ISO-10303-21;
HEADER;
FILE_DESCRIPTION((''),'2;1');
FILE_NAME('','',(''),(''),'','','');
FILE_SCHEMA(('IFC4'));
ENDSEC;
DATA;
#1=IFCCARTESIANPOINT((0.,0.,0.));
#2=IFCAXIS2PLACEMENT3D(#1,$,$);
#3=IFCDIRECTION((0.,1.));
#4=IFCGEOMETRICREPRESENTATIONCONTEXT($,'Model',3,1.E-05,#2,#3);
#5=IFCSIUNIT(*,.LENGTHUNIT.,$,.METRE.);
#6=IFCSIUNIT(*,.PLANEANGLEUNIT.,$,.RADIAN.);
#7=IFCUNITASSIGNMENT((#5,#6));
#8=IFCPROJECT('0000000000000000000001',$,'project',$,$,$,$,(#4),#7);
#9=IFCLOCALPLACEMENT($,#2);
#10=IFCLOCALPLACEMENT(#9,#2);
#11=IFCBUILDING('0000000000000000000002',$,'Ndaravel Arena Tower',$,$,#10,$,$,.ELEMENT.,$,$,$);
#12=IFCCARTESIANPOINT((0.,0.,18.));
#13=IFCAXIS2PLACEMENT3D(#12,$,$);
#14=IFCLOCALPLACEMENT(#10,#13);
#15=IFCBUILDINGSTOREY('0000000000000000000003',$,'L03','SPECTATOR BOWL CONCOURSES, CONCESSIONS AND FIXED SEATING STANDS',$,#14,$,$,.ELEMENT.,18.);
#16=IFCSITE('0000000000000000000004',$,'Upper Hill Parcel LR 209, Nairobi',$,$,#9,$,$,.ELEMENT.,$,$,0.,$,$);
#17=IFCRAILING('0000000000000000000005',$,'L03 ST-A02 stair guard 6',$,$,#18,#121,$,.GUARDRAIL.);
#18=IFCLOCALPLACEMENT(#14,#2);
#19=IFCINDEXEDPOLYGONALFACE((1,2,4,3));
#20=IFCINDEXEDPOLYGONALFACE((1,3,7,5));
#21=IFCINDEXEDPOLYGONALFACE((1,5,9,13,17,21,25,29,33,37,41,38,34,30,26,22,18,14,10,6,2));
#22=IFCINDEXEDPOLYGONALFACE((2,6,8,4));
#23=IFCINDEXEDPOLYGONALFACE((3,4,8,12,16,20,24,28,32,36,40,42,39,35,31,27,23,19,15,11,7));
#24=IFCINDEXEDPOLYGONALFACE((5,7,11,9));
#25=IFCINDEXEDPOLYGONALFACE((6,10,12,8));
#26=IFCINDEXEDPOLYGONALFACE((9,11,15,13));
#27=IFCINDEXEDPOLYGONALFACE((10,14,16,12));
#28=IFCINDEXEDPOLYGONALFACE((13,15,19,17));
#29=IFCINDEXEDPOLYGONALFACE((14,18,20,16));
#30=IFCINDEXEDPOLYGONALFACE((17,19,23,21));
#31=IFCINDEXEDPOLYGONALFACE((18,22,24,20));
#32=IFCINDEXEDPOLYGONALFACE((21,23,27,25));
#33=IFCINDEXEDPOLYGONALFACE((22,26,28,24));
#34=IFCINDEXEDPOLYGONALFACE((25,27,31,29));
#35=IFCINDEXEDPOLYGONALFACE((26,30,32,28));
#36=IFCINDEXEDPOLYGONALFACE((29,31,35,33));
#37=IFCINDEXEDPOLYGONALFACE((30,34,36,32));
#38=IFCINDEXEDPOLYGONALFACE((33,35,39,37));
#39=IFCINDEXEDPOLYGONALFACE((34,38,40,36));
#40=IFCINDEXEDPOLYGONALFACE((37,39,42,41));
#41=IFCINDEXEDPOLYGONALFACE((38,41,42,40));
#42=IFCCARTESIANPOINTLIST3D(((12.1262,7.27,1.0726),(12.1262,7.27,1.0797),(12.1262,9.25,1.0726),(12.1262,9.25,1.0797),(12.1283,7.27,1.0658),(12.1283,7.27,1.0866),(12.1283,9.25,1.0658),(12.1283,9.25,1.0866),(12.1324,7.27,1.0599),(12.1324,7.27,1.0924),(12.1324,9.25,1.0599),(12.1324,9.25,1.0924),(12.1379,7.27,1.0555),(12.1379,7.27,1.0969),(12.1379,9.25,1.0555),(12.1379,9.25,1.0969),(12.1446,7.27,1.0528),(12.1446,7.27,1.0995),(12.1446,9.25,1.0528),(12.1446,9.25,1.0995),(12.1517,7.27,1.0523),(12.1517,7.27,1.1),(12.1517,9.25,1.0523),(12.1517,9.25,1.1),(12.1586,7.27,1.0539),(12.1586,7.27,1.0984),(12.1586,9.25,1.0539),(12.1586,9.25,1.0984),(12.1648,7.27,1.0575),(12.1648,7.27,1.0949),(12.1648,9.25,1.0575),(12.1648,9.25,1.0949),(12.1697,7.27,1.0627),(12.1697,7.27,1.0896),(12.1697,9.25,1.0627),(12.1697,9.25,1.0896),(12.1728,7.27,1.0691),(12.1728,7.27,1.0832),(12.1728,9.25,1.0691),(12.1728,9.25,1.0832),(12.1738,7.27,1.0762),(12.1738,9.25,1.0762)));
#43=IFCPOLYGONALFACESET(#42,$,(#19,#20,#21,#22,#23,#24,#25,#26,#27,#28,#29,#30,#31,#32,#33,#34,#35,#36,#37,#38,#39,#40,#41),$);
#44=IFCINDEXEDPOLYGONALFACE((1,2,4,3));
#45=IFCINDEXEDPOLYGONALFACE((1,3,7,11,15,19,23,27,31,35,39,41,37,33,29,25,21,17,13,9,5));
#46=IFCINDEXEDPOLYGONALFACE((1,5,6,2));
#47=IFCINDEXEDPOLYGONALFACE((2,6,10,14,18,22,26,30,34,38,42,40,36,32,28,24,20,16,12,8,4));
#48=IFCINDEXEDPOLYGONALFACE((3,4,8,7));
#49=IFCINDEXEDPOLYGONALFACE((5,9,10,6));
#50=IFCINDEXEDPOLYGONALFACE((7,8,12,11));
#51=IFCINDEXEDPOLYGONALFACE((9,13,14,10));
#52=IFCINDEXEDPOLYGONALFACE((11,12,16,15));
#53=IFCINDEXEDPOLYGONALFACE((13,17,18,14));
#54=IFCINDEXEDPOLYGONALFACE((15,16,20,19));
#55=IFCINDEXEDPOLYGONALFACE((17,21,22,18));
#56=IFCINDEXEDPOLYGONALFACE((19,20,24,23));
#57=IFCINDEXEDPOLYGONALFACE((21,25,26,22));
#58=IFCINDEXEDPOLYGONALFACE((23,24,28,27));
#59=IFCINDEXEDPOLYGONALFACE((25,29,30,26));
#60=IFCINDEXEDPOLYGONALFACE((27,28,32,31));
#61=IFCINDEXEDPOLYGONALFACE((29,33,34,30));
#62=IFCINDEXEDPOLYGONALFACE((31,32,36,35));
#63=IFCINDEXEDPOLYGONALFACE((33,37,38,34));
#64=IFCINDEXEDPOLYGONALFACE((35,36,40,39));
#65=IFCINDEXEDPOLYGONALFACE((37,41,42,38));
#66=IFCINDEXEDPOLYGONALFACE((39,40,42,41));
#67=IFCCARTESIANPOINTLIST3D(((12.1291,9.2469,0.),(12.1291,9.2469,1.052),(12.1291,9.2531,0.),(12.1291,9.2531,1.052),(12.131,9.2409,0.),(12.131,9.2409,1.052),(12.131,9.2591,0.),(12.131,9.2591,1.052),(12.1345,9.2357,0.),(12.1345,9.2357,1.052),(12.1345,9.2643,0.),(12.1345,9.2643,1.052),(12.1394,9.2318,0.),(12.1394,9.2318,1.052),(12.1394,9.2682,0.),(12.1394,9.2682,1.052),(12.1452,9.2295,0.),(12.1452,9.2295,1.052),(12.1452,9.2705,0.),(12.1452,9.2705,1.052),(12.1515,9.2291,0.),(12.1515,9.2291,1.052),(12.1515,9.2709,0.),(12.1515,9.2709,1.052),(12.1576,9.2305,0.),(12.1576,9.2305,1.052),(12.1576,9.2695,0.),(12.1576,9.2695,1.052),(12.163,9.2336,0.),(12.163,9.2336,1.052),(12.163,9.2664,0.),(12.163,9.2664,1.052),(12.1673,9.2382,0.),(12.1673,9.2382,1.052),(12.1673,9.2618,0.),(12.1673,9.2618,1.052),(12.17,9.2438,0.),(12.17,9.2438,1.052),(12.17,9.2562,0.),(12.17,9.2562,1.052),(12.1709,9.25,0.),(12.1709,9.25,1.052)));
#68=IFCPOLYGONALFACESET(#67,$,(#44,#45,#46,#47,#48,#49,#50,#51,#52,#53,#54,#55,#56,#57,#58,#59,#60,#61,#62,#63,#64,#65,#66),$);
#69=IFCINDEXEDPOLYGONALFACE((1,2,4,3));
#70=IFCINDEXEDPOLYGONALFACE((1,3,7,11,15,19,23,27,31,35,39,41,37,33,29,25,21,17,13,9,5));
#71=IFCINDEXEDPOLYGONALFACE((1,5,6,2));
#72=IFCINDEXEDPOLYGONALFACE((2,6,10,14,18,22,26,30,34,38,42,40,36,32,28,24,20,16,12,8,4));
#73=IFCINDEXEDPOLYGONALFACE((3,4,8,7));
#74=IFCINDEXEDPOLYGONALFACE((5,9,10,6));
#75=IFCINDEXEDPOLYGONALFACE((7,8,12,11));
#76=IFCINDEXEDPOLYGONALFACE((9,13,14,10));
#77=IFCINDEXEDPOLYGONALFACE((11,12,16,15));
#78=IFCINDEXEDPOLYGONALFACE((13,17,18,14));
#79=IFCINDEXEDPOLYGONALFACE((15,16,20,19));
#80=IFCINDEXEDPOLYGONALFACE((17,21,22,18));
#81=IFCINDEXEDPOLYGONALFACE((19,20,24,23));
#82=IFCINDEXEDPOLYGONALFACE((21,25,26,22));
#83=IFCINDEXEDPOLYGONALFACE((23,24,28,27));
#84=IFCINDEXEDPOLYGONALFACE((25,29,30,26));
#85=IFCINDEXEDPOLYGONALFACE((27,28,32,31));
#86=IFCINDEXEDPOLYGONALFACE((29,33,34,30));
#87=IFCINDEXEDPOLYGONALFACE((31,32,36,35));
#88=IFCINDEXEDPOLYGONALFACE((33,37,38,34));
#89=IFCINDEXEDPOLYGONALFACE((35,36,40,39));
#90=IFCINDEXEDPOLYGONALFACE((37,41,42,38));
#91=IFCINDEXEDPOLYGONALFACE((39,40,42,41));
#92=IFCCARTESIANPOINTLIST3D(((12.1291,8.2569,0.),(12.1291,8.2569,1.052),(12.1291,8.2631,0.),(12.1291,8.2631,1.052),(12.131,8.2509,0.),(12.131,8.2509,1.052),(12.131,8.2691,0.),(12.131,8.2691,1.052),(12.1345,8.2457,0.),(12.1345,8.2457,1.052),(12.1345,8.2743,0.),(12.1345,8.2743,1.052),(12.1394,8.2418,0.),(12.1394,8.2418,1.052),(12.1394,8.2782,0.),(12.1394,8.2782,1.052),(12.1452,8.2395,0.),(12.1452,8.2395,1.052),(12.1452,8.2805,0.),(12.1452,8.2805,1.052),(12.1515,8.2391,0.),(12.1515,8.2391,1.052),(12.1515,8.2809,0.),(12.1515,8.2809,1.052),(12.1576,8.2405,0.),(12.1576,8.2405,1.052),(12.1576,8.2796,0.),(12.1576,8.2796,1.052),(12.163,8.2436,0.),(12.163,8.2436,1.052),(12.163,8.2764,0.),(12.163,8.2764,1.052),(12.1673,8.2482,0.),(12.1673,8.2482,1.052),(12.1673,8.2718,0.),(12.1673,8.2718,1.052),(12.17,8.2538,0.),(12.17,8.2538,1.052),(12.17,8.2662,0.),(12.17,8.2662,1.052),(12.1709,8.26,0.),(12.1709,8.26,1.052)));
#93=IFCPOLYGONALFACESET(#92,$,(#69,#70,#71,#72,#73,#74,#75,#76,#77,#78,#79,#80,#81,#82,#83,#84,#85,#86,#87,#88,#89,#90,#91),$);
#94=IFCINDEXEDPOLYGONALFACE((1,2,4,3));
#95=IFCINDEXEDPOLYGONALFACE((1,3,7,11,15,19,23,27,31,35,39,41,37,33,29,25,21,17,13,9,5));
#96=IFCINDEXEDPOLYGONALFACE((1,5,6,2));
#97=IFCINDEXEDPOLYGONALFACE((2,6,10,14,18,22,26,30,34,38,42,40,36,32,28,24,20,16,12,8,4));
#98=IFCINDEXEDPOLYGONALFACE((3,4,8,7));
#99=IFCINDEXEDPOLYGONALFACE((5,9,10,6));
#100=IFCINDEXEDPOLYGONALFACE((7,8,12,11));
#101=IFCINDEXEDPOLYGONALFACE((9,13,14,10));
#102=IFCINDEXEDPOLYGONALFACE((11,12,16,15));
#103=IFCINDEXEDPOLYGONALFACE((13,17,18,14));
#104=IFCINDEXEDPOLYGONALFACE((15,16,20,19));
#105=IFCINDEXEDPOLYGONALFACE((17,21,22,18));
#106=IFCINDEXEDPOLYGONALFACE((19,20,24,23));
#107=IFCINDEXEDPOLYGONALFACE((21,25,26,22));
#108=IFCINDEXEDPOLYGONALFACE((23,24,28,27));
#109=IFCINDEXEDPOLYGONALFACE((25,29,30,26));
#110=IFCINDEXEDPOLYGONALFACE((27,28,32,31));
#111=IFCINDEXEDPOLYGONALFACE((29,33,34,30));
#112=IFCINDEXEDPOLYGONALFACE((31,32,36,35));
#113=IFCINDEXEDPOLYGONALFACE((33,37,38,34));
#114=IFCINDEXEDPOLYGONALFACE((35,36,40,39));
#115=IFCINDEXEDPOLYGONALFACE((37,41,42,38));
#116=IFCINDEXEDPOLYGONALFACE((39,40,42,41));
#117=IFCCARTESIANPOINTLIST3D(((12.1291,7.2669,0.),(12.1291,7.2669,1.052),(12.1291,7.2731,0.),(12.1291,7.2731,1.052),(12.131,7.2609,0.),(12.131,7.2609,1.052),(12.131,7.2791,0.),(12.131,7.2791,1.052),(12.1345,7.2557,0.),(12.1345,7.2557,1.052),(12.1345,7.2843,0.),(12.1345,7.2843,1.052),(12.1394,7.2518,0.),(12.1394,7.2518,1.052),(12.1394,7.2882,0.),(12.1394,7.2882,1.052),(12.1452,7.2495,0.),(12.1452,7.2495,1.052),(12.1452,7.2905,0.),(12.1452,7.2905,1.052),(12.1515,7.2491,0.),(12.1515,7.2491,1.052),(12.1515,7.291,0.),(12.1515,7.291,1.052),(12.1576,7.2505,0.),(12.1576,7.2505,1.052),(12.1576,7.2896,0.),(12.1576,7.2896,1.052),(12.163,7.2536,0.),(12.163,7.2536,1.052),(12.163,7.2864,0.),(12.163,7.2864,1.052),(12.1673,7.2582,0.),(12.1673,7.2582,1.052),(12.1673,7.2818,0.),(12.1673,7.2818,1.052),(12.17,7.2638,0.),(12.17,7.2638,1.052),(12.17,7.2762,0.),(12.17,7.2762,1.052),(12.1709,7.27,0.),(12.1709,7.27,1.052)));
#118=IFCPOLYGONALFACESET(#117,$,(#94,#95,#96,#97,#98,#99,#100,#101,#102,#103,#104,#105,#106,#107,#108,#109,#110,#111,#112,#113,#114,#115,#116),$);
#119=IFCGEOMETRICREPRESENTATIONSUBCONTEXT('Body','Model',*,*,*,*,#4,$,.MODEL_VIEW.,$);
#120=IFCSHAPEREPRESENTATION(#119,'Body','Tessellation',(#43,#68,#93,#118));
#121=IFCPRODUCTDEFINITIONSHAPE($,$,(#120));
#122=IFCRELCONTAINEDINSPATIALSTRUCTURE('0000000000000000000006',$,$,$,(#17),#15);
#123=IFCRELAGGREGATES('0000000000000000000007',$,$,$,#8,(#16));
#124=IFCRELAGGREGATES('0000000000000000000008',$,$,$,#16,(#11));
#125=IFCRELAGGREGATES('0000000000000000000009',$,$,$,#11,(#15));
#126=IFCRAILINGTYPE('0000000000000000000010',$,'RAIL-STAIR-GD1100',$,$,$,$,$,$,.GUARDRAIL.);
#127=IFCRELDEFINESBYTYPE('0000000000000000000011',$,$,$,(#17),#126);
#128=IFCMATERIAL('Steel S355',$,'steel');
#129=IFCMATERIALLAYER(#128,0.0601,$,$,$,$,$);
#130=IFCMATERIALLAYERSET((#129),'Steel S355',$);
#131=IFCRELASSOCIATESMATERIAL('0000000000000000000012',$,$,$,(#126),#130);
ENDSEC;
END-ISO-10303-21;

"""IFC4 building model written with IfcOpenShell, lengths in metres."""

from ifc_helpers import new_model, si_unit, direction, frame, origin, origin_2d, place, context, subcontext, project, spatial, circle, extrude, material, layer, layer_set, type_object, element, save


model = new_model("IFC4")

# Units and contexts
model_context = context("Model", 3, precision=1e-05, world=origin(), true_north=direction((0.0, 1.0)))
body_context = subcontext(model_context, "Body", "Model", "MODEL_VIEW")
ifc_project = project(units=[si_unit("LENGTHUNIT", "METRE"), si_unit("PLANEANGLEUNIT", "RADIAN")], contexts=[model_context])

# Site, building, storey
site_placement = place(None, origin())
site = spatial("IfcSite", under=ifc_project, at=site_placement, Name="Upper Hill Parcel LR 209, Nairobi", CompositionType="ELEMENT", RefElevation=0.0)
building_placement = place(site_placement, origin())
building = spatial("IfcBuilding", under=site, at=building_placement, Name="Ndaravel Arena Tower", CompositionType="ELEMENT")
storey_placement = place(building_placement, frame((0.0, 0.0, 18.0)))
storey = spatial("IfcBuildingStorey", under=building, at=storey_placement, Name="L03", Description="SPECTATOR BOWL CONCOURSES, CONCESSIONS AND FIXED SEATING STANDS", CompositionType="ELEMENT", Elevation=18.0)

# Railing
ifc_material_1 = material(Name="Steel S355", Category="steel")
ifc_layer_1 = layer(ifc_material_1, 0.0601)
ifc_layer_set_1 = layer_set([ifc_layer_1], Name="Steel S355")
railing_type_1 = type_object("IfcRailingType", Name="RAIL-STAIR-GD1100", PredefinedType="GUARDRAIL", material=ifc_layer_set_1)
for number, where, name in (
    (1, (12.1499, 9.25, 0.0), "L03 ST-A02 stair guard 6"),
):
    element("IfcRailing", number, at=place(storey_placement, frame(where)), inside=storey, type_object=railing_type_1, Name=name, PredefinedType="GUARDRAIL", context=body_context, shape_type="SweptSolid", body=[
        extrude(circle(Radius=0.0239, at=origin_2d()), frame((0.0, 0.0, 1.0762), z_axis=(0.0, -1.0, 0.0), x_axis=(1.0, 0.0, 0.0)), (0.0, 0.0, 1.0), 1.98),
        extrude(circle(Radius=0.021, at=origin_2d()), origin(), (0.0, 0.0, 1.0), 1.052),
        extrude(circle(Radius=0.021, at=origin_2d()), frame((0.0, -0.99, 0.0)), (0.0, 0.0, 1.0), 1.052),
        extrude(circle(Radius=0.021, at=origin_2d()), frame((0.0, -1.98, 0.0)), (0.0, 0.0, 1.0), 1.052),
    ])

save(model, "model.ifc")
